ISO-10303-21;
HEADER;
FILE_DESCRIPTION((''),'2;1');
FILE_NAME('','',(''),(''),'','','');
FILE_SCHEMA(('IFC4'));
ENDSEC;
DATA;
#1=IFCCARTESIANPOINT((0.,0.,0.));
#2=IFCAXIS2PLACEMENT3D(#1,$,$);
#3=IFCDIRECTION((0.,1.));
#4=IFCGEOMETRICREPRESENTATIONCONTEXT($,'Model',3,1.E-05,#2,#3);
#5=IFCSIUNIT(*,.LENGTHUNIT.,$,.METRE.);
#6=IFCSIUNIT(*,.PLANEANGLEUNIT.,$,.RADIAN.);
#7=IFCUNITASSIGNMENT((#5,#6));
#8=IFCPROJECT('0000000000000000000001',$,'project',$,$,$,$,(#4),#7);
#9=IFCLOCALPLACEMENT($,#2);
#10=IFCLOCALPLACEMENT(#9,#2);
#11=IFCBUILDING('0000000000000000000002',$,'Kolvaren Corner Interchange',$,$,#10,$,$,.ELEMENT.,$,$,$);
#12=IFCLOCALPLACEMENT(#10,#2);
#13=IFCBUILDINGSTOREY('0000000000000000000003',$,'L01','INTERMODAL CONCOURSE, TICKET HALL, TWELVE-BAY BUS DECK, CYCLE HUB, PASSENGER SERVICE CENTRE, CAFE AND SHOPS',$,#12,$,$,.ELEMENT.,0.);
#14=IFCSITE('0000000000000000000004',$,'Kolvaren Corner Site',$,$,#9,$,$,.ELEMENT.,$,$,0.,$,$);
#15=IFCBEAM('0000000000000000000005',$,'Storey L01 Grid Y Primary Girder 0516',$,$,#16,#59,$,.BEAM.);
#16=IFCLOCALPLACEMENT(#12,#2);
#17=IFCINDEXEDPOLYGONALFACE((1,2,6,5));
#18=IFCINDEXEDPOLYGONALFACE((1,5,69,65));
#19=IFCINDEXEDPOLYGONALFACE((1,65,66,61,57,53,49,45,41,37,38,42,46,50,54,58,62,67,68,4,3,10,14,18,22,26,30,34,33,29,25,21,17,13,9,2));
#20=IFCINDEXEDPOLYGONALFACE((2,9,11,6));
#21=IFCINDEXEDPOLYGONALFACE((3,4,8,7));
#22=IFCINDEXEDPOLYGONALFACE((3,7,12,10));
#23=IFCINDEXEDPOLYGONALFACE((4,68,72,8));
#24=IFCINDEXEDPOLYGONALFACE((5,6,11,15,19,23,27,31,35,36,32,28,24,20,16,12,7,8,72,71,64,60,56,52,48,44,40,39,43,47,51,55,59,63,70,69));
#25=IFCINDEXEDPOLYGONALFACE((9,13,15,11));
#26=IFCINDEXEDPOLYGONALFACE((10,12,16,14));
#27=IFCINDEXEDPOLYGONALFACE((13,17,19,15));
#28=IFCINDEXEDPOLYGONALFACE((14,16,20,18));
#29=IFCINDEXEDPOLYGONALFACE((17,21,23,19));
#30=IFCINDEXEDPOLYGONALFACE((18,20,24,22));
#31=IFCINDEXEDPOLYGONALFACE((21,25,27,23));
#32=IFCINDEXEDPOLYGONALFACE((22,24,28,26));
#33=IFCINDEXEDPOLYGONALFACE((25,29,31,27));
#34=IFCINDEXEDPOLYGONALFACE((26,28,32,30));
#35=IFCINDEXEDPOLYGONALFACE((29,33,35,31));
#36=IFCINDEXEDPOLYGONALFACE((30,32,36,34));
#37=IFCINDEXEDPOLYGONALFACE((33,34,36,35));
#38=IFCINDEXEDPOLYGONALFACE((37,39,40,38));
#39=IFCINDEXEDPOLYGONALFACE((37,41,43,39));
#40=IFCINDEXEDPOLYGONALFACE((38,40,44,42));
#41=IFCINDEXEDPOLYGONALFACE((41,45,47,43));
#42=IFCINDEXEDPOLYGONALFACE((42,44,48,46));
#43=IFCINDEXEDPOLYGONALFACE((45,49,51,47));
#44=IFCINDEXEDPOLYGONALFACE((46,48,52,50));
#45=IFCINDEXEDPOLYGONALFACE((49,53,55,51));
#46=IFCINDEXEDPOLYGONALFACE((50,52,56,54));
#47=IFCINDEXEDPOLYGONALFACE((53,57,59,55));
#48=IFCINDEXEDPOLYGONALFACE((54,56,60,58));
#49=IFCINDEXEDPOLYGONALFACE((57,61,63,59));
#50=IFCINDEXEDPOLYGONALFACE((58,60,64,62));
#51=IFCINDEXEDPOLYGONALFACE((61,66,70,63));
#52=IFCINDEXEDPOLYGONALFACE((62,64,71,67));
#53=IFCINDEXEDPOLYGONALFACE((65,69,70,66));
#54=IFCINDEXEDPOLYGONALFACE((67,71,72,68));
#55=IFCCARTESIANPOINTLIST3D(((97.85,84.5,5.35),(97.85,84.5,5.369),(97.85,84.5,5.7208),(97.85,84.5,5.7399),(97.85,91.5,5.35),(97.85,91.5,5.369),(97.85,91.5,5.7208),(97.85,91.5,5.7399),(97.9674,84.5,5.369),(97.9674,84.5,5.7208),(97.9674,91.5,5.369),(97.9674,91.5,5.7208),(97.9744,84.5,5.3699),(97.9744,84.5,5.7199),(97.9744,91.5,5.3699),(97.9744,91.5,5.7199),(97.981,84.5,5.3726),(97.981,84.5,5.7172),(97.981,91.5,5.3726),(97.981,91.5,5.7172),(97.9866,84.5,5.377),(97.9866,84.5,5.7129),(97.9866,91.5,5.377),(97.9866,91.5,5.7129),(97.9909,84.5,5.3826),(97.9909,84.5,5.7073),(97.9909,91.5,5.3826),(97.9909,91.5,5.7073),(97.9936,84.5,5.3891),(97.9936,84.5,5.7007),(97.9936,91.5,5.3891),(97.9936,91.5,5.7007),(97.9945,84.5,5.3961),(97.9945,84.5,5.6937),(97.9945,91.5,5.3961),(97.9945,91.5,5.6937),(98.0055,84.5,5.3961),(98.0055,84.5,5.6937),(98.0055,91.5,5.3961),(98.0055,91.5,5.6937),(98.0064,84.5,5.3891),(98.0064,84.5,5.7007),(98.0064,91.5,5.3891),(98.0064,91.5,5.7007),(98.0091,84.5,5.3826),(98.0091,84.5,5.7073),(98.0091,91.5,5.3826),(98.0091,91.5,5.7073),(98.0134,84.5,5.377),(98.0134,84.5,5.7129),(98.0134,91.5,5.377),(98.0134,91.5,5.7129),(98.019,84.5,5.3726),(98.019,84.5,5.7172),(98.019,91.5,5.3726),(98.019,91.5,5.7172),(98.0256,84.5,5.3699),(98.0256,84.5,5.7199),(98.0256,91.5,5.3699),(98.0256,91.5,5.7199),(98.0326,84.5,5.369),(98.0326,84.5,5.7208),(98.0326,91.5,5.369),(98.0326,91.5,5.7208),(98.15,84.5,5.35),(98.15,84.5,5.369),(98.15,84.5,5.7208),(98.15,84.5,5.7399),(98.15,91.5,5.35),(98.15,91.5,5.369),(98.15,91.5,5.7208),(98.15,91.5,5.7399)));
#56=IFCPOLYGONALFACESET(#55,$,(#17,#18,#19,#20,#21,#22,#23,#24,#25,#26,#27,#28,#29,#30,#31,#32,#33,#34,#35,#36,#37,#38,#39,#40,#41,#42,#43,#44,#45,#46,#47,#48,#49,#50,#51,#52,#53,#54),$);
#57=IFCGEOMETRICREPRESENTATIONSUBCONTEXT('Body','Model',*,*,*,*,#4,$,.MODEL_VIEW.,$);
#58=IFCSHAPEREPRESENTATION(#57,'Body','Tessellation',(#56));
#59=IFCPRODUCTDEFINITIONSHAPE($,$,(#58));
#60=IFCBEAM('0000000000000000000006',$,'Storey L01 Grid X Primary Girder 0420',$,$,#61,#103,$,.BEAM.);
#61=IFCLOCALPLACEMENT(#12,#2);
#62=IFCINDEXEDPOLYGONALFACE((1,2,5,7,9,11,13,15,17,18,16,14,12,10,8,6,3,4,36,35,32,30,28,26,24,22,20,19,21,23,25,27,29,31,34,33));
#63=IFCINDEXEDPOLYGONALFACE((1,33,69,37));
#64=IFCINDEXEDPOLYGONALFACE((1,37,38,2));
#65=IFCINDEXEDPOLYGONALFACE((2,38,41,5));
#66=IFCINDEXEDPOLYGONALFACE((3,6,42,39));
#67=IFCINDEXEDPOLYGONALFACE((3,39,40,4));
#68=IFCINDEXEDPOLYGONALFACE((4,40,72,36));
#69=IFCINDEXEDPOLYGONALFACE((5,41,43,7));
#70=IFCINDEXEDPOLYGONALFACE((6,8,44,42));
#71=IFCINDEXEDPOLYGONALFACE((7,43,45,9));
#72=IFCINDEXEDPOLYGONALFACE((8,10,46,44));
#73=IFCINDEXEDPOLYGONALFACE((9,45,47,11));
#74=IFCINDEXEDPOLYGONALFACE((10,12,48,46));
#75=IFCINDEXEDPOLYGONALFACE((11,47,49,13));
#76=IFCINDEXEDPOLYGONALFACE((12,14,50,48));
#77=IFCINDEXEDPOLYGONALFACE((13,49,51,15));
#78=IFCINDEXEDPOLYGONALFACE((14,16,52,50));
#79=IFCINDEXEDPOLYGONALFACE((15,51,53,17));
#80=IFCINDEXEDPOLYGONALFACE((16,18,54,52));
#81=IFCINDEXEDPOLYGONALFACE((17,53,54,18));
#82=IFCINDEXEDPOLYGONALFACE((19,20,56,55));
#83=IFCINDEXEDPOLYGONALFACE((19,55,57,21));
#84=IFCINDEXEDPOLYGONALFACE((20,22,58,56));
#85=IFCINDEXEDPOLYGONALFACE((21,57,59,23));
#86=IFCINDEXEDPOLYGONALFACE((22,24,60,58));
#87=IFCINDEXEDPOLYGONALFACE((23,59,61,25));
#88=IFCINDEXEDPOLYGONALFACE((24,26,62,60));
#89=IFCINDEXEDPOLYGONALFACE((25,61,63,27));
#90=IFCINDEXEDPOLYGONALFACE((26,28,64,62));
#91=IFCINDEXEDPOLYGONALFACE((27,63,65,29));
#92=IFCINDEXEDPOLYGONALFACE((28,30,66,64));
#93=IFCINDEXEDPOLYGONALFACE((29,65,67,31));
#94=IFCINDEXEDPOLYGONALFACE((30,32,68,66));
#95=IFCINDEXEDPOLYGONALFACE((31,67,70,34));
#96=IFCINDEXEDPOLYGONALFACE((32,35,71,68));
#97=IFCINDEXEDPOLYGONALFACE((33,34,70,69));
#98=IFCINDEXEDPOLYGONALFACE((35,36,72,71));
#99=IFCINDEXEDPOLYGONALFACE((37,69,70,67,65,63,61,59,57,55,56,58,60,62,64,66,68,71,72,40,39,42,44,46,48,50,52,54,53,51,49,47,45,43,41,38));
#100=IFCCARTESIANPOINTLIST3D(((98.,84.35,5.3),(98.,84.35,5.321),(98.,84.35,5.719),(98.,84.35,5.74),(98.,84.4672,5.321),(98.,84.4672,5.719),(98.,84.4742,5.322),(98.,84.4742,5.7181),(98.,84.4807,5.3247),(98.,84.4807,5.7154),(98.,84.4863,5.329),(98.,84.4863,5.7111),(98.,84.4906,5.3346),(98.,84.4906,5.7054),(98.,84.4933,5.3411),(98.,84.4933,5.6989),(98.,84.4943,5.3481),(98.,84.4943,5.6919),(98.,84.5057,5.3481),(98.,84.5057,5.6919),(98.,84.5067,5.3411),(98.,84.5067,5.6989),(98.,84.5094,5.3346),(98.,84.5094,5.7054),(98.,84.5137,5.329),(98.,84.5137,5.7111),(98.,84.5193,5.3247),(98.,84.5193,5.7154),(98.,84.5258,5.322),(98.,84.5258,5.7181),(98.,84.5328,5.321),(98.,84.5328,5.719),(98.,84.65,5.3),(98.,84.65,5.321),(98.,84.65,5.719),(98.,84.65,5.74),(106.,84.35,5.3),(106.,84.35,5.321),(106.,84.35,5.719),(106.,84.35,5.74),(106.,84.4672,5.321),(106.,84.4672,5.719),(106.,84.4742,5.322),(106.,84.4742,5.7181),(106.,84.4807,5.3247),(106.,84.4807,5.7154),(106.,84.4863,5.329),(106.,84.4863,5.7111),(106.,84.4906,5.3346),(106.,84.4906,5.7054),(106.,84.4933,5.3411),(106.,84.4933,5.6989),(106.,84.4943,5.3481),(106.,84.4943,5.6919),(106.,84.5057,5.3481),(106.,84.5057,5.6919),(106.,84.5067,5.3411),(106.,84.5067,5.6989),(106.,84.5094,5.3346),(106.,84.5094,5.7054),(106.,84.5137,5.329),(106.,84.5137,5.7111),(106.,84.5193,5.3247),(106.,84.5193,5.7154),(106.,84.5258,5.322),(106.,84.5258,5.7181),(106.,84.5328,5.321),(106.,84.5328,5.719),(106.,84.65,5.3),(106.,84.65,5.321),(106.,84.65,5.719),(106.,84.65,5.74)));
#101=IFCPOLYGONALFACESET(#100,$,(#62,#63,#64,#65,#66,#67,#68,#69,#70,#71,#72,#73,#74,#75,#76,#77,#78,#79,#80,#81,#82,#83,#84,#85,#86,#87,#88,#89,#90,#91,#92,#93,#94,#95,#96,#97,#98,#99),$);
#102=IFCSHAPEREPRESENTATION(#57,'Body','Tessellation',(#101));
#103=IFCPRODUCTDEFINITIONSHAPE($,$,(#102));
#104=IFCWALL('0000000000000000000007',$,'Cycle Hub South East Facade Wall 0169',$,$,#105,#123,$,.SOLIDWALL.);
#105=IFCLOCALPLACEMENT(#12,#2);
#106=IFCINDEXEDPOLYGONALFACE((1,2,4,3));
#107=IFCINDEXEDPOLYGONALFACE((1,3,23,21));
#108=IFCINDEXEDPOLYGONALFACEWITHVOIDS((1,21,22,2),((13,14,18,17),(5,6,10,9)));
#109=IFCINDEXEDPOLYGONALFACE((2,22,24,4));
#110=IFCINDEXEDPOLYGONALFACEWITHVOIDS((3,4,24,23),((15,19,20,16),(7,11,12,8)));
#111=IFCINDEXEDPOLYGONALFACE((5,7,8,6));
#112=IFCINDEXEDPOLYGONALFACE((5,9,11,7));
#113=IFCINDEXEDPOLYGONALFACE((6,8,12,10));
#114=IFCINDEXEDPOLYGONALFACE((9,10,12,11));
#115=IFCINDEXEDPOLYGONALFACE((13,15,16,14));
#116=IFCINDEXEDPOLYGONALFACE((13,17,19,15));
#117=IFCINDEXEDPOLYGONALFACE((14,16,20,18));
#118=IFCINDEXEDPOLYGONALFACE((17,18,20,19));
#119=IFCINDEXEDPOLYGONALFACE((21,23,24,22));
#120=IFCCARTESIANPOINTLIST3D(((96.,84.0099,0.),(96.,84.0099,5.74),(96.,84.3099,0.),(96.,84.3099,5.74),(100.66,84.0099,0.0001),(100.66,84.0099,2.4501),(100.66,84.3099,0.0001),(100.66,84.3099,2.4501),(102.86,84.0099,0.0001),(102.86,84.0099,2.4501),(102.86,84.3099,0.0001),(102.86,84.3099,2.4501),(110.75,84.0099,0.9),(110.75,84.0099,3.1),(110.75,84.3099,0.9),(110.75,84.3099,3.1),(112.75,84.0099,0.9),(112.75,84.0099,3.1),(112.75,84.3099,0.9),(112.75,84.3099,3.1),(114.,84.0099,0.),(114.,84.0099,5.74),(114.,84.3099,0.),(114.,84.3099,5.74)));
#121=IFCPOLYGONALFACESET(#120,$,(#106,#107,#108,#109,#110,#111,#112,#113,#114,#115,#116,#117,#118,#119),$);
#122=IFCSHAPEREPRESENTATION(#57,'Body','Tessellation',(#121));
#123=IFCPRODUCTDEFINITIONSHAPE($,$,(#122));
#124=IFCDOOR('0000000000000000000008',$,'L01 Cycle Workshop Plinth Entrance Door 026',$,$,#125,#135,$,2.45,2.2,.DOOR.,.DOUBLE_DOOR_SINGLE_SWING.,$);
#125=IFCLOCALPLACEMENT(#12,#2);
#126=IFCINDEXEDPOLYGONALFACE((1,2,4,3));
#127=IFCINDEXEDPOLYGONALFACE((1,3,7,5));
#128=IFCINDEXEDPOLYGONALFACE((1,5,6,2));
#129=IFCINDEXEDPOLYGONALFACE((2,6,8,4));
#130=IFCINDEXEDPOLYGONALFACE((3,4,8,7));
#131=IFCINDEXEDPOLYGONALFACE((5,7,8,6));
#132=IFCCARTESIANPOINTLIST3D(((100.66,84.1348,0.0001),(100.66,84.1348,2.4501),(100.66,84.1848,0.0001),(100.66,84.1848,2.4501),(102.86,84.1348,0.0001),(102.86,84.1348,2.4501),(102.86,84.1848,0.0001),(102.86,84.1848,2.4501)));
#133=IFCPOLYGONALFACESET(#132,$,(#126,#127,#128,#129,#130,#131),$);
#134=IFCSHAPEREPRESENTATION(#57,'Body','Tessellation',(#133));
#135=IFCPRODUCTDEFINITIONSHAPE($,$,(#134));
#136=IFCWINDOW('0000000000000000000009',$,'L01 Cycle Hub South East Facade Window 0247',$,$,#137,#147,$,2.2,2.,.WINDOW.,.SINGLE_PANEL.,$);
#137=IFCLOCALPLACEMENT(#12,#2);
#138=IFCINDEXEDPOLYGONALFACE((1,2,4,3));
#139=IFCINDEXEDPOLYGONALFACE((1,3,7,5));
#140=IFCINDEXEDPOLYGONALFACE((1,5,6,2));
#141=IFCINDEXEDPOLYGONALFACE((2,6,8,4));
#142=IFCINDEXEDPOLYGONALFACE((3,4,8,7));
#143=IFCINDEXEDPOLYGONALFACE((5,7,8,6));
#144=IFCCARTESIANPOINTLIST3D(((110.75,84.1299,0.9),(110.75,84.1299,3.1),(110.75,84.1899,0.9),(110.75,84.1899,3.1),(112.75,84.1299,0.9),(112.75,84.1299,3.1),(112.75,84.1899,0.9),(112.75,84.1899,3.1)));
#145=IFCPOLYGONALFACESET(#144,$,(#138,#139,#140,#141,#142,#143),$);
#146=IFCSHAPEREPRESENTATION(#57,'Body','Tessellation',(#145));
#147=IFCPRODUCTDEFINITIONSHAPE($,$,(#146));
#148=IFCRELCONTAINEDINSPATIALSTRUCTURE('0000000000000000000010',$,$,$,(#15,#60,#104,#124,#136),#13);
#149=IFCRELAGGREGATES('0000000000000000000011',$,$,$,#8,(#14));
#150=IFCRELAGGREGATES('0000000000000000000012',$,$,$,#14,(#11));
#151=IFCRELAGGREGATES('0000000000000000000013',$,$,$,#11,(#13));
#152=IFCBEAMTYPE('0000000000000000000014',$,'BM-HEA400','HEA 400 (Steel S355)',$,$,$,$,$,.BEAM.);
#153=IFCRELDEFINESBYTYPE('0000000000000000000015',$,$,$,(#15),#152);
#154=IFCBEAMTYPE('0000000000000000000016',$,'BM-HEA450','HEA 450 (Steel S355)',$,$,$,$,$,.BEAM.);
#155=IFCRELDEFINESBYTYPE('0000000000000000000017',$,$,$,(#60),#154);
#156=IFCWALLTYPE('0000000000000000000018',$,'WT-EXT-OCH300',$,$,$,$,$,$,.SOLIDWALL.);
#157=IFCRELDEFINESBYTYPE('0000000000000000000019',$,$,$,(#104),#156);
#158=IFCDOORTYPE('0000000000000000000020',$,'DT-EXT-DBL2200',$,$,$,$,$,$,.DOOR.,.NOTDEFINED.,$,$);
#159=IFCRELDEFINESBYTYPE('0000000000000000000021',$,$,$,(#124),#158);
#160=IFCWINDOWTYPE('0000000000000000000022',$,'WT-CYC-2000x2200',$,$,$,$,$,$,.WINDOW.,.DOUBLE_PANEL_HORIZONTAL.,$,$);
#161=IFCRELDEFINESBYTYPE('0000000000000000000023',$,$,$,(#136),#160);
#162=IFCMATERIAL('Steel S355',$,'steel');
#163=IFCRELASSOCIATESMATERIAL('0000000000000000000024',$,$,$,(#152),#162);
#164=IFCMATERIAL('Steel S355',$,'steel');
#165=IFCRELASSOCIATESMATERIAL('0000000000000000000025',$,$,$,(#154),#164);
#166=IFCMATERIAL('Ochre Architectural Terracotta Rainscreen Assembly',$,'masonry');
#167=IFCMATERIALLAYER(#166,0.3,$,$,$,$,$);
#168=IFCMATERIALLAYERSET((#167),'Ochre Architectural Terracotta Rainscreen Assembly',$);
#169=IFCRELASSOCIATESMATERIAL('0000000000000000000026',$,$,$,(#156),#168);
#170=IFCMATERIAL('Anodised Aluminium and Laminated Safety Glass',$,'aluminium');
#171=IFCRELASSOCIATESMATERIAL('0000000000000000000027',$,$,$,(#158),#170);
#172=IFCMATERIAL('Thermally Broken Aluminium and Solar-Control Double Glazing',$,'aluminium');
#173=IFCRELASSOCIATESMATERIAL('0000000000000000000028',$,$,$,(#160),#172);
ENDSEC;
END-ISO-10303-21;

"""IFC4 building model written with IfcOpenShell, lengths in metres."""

from ifc_helpers import new_model, si_unit, direction, frame, frame_2d, origin, origin_2d, place, context, subcontext, project, spatial, rectangle, i_section, extrude, material, layer, layer_set, material_profile, profile_set, type_object, element, fill, save


model = new_model("IFC4")

# Units and contexts
model_context = context("Model", 3, precision=1e-05, world=origin(), true_north=direction((0.0, 1.0)))
body_context = subcontext(model_context, "Body", "Model", "MODEL_VIEW")
ifc_project = project(units=[si_unit("LENGTHUNIT", "METRE"), si_unit("PLANEANGLEUNIT", "RADIAN")], contexts=[model_context])

# Site, building, storey
site_placement = place(None, origin())
site = spatial("IfcSite", under=ifc_project, at=site_placement, Name="Kolvaren Corner Site", CompositionType="ELEMENT", RefElevation=0.0)
building_placement = place(site_placement, origin())
building = spatial("IfcBuilding", under=site, at=building_placement, Name="Kolvaren Corner Interchange", CompositionType="ELEMENT")
storey_placement = place(building_placement, origin())
storey = spatial("IfcBuildingStorey", under=building, at=storey_placement, Name="L01", Description="INTERMODAL CONCOURSE, TICKET HALL, TWELVE-BAY BUS DECK, CYCLE HUB, PASSENGER SERVICE CENTRE, CAFE AND SHOPS", CompositionType="ELEMENT", Elevation=0.0)

# Beams
ifc_material_1 = material(Name="Steel S355", Category="steel")
ifc_material_profile_1 = material_profile(ifc_material_1, i_section(OverallWidth=0.3, OverallDepth=0.3899, WebThickness=0.011, FlangeThickness=0.019, FilletRadius=0.0271, at=origin_2d()), Name="HEA 400")
ifc_profile_set_1 = profile_set([ifc_material_profile_1], Name="Steel S355")
beam_type_1 = type_object("IfcBeamType", Name="BM-HEA400", Description="HEA 400 (Steel S355)", PredefinedType="BEAM", material=ifc_profile_set_1)
for number, where, z_axis, x_axis, name in (
    (1, (98.0, 84.5, 5.5449), (0.0, 1.0, 0.0), (-1.0, 0.0, 0.0), "Storey L01 Grid Y Primary Girder 0516"),
):
    element("IfcBeam", number, at=place(storey_placement, frame(where, z_axis=z_axis, x_axis=x_axis)), inside=storey, type_object=beam_type_1, Name=name, PredefinedType="BEAM", context=body_context, shape_type="SweptSolid", body=[
        extrude(i_section(OverallWidth=0.3, OverallDepth=0.3899, WebThickness=0.011, FlangeThickness=0.019, FilletRadius=0.0271, at=origin_2d()), origin(), (0.0, 0.0, 1.0), 7.0),
    ])
ifc_material_2 = material(Name="Steel S355", Category="steel")
ifc_material_profile_2 = material_profile(ifc_material_2, i_section(OverallWidth=0.3, OverallDepth=0.4399, WebThickness=0.0115, FlangeThickness=0.021, FilletRadius=0.0271, at=origin_2d()), Name="HEA 450")
ifc_profile_set_2 = profile_set([ifc_material_profile_2], Name="Steel S355")
beam_type_2 = type_object("IfcBeamType", Name="BM-HEA450", Description="HEA 450 (Steel S355)", PredefinedType="BEAM", material=ifc_profile_set_2)
beam_placement = place(storey_placement, frame((98.0, 84.5, 5.52), z_axis=(1.0, 0.0, 0.0), x_axis=(0.0, 1.0, 0.0)))
element("IfcBeam", 2, at=beam_placement, inside=storey, type_object=beam_type_2, Name="Storey L01 Grid X Primary Girder 0420", PredefinedType="BEAM", context=body_context, shape_type="SweptSolid", body=[
    extrude(i_section(OverallWidth=0.3, OverallDepth=0.4399, WebThickness=0.0115, FlangeThickness=0.021, FilletRadius=0.0271, at=origin_2d()), origin(), (0.0, 0.0, 1.0), 8.0),
])

# Wall, openings, door, window
ifc_material_3 = material(Name="Ochre Architectural Terracotta Rainscreen Assembly", Category="masonry")
ifc_layer_1 = layer(ifc_material_3, 0.3)
ifc_layer_set_1 = layer_set([ifc_layer_1], Name="Ochre Architectural Terracotta Rainscreen Assembly")
wall_type_1 = type_object("IfcWallType", Name="WT-EXT-OCH300", PredefinedType="SOLIDWALL", material=ifc_layer_set_1)
wall_1_placement = place(storey_placement, frame((96.0, 84.1599, 0.0), z_axis=(0.0, 0.0, 1.0), x_axis=(1.0, 0.0, 0.0)))
wall_1 = element("IfcWall", 3, at=wall_1_placement, inside=storey, type_object=wall_type_1, Name="Cycle Hub South East Facade Wall 0169", PredefinedType="SOLIDWALL", context=body_context, shape_type="SweptSolid", body=[
    extrude(rectangle(XDim=18.0, YDim=0.3, at=frame_2d((9.0, 0.0))), origin(), (0.0, 0.0, 1.0), 5.74),
])
opening_1_placement = place(wall_1_placement, frame((4.6599, 0.0, 0.0)))
opening_1 = element("IfcOpeningElement", 4, at=opening_1_placement, cuts=wall_1, PredefinedType="OPENING", context=body_context, shape_type="SweptSolid", body=[
    extrude(rectangle(XDim=2.2, YDim=2.45, at=frame_2d((1.1001, 1.2251))), frame((0.0, 0.1599, 0.0), z_axis=(0.0, -1.0, 0.0), x_axis=(1.0, 0.0, 0.0)), (0.0, 0.0, 1.0), 0.3201),
])
opening_2_placement = place(wall_1_placement, frame((14.75, 0.0, 0.8999)))
opening_2 = element("IfcOpeningElement", 5, at=opening_2_placement, cuts=wall_1, PredefinedType="OPENING", context=body_context, shape_type="SweptSolid", body=[
    extrude(rectangle(XDim=2.0, YDim=2.2, at=frame_2d((1.0, 1.1001))), frame((0.0, 0.1599, 0.0), z_axis=(0.0, -1.0, 0.0), x_axis=(1.0, 0.0, 0.0)), (0.0, 0.0, 1.0), 0.3201),
])
ifc_material_4 = material(Name="Anodised Aluminium and Laminated Safety Glass", Category="aluminium")
door_type_1 = type_object("IfcDoorType", Name="DT-EXT-DBL2200", OperationType="NOTDEFINED", PredefinedType="DOOR", material=ifc_material_4)
door_1_placement = place(opening_1_placement, origin())
door_1 = element("IfcDoor", 6, at=door_1_placement, inside=storey, type_object=door_type_1, Name="L01 Cycle Workshop Plinth Entrance Door 026", OperationType="DOUBLE_DOOR_SINGLE_SWING", OverallHeight=2.45, OverallWidth=2.2, PredefinedType="DOOR", context=body_context, shape_type="SweptSolid", body=[
    extrude(rectangle(XDim=2.2, YDim=2.45, at=frame_2d((1.1001, 1.2251))), frame((0.0, 0.0249, 0.0), z_axis=(0.0, -1.0, 0.0), x_axis=(1.0, 0.0, 0.0)), (0.0, 0.0, 1.0), 0.05),
])
fill(opening_1, door_1)
ifc_material_5 = material(Name="Thermally Broken Aluminium and Solar-Control Double Glazing", Category="aluminium")
window_type = type_object("IfcWindowType", Name="WT-CYC-2000x2200", PartitioningType="DOUBLE_PANEL_HORIZONTAL", PredefinedType="WINDOW", material=ifc_material_5)
window_placement = place(opening_2_placement, origin())
window = element("IfcWindow", 7, at=window_placement, inside=storey, type_object=window_type, Name="L01 Cycle Hub South East Facade Window 0247", OverallHeight=2.2, OverallWidth=2.0, PartitioningType="SINGLE_PANEL", PredefinedType="WINDOW", context=body_context, shape_type="SweptSolid", body=[
    extrude(rectangle(XDim=2.0, YDim=2.2, at=frame_2d((1.0, 1.1001))), frame((0.0, 0.03, 0.0), z_axis=(0.0, -1.0, 0.0), x_axis=(1.0, 0.0, 0.0)), (0.0, 0.0, 1.0), 0.0601),
])
fill(opening_2, window)

save(model, "model.ifc")
